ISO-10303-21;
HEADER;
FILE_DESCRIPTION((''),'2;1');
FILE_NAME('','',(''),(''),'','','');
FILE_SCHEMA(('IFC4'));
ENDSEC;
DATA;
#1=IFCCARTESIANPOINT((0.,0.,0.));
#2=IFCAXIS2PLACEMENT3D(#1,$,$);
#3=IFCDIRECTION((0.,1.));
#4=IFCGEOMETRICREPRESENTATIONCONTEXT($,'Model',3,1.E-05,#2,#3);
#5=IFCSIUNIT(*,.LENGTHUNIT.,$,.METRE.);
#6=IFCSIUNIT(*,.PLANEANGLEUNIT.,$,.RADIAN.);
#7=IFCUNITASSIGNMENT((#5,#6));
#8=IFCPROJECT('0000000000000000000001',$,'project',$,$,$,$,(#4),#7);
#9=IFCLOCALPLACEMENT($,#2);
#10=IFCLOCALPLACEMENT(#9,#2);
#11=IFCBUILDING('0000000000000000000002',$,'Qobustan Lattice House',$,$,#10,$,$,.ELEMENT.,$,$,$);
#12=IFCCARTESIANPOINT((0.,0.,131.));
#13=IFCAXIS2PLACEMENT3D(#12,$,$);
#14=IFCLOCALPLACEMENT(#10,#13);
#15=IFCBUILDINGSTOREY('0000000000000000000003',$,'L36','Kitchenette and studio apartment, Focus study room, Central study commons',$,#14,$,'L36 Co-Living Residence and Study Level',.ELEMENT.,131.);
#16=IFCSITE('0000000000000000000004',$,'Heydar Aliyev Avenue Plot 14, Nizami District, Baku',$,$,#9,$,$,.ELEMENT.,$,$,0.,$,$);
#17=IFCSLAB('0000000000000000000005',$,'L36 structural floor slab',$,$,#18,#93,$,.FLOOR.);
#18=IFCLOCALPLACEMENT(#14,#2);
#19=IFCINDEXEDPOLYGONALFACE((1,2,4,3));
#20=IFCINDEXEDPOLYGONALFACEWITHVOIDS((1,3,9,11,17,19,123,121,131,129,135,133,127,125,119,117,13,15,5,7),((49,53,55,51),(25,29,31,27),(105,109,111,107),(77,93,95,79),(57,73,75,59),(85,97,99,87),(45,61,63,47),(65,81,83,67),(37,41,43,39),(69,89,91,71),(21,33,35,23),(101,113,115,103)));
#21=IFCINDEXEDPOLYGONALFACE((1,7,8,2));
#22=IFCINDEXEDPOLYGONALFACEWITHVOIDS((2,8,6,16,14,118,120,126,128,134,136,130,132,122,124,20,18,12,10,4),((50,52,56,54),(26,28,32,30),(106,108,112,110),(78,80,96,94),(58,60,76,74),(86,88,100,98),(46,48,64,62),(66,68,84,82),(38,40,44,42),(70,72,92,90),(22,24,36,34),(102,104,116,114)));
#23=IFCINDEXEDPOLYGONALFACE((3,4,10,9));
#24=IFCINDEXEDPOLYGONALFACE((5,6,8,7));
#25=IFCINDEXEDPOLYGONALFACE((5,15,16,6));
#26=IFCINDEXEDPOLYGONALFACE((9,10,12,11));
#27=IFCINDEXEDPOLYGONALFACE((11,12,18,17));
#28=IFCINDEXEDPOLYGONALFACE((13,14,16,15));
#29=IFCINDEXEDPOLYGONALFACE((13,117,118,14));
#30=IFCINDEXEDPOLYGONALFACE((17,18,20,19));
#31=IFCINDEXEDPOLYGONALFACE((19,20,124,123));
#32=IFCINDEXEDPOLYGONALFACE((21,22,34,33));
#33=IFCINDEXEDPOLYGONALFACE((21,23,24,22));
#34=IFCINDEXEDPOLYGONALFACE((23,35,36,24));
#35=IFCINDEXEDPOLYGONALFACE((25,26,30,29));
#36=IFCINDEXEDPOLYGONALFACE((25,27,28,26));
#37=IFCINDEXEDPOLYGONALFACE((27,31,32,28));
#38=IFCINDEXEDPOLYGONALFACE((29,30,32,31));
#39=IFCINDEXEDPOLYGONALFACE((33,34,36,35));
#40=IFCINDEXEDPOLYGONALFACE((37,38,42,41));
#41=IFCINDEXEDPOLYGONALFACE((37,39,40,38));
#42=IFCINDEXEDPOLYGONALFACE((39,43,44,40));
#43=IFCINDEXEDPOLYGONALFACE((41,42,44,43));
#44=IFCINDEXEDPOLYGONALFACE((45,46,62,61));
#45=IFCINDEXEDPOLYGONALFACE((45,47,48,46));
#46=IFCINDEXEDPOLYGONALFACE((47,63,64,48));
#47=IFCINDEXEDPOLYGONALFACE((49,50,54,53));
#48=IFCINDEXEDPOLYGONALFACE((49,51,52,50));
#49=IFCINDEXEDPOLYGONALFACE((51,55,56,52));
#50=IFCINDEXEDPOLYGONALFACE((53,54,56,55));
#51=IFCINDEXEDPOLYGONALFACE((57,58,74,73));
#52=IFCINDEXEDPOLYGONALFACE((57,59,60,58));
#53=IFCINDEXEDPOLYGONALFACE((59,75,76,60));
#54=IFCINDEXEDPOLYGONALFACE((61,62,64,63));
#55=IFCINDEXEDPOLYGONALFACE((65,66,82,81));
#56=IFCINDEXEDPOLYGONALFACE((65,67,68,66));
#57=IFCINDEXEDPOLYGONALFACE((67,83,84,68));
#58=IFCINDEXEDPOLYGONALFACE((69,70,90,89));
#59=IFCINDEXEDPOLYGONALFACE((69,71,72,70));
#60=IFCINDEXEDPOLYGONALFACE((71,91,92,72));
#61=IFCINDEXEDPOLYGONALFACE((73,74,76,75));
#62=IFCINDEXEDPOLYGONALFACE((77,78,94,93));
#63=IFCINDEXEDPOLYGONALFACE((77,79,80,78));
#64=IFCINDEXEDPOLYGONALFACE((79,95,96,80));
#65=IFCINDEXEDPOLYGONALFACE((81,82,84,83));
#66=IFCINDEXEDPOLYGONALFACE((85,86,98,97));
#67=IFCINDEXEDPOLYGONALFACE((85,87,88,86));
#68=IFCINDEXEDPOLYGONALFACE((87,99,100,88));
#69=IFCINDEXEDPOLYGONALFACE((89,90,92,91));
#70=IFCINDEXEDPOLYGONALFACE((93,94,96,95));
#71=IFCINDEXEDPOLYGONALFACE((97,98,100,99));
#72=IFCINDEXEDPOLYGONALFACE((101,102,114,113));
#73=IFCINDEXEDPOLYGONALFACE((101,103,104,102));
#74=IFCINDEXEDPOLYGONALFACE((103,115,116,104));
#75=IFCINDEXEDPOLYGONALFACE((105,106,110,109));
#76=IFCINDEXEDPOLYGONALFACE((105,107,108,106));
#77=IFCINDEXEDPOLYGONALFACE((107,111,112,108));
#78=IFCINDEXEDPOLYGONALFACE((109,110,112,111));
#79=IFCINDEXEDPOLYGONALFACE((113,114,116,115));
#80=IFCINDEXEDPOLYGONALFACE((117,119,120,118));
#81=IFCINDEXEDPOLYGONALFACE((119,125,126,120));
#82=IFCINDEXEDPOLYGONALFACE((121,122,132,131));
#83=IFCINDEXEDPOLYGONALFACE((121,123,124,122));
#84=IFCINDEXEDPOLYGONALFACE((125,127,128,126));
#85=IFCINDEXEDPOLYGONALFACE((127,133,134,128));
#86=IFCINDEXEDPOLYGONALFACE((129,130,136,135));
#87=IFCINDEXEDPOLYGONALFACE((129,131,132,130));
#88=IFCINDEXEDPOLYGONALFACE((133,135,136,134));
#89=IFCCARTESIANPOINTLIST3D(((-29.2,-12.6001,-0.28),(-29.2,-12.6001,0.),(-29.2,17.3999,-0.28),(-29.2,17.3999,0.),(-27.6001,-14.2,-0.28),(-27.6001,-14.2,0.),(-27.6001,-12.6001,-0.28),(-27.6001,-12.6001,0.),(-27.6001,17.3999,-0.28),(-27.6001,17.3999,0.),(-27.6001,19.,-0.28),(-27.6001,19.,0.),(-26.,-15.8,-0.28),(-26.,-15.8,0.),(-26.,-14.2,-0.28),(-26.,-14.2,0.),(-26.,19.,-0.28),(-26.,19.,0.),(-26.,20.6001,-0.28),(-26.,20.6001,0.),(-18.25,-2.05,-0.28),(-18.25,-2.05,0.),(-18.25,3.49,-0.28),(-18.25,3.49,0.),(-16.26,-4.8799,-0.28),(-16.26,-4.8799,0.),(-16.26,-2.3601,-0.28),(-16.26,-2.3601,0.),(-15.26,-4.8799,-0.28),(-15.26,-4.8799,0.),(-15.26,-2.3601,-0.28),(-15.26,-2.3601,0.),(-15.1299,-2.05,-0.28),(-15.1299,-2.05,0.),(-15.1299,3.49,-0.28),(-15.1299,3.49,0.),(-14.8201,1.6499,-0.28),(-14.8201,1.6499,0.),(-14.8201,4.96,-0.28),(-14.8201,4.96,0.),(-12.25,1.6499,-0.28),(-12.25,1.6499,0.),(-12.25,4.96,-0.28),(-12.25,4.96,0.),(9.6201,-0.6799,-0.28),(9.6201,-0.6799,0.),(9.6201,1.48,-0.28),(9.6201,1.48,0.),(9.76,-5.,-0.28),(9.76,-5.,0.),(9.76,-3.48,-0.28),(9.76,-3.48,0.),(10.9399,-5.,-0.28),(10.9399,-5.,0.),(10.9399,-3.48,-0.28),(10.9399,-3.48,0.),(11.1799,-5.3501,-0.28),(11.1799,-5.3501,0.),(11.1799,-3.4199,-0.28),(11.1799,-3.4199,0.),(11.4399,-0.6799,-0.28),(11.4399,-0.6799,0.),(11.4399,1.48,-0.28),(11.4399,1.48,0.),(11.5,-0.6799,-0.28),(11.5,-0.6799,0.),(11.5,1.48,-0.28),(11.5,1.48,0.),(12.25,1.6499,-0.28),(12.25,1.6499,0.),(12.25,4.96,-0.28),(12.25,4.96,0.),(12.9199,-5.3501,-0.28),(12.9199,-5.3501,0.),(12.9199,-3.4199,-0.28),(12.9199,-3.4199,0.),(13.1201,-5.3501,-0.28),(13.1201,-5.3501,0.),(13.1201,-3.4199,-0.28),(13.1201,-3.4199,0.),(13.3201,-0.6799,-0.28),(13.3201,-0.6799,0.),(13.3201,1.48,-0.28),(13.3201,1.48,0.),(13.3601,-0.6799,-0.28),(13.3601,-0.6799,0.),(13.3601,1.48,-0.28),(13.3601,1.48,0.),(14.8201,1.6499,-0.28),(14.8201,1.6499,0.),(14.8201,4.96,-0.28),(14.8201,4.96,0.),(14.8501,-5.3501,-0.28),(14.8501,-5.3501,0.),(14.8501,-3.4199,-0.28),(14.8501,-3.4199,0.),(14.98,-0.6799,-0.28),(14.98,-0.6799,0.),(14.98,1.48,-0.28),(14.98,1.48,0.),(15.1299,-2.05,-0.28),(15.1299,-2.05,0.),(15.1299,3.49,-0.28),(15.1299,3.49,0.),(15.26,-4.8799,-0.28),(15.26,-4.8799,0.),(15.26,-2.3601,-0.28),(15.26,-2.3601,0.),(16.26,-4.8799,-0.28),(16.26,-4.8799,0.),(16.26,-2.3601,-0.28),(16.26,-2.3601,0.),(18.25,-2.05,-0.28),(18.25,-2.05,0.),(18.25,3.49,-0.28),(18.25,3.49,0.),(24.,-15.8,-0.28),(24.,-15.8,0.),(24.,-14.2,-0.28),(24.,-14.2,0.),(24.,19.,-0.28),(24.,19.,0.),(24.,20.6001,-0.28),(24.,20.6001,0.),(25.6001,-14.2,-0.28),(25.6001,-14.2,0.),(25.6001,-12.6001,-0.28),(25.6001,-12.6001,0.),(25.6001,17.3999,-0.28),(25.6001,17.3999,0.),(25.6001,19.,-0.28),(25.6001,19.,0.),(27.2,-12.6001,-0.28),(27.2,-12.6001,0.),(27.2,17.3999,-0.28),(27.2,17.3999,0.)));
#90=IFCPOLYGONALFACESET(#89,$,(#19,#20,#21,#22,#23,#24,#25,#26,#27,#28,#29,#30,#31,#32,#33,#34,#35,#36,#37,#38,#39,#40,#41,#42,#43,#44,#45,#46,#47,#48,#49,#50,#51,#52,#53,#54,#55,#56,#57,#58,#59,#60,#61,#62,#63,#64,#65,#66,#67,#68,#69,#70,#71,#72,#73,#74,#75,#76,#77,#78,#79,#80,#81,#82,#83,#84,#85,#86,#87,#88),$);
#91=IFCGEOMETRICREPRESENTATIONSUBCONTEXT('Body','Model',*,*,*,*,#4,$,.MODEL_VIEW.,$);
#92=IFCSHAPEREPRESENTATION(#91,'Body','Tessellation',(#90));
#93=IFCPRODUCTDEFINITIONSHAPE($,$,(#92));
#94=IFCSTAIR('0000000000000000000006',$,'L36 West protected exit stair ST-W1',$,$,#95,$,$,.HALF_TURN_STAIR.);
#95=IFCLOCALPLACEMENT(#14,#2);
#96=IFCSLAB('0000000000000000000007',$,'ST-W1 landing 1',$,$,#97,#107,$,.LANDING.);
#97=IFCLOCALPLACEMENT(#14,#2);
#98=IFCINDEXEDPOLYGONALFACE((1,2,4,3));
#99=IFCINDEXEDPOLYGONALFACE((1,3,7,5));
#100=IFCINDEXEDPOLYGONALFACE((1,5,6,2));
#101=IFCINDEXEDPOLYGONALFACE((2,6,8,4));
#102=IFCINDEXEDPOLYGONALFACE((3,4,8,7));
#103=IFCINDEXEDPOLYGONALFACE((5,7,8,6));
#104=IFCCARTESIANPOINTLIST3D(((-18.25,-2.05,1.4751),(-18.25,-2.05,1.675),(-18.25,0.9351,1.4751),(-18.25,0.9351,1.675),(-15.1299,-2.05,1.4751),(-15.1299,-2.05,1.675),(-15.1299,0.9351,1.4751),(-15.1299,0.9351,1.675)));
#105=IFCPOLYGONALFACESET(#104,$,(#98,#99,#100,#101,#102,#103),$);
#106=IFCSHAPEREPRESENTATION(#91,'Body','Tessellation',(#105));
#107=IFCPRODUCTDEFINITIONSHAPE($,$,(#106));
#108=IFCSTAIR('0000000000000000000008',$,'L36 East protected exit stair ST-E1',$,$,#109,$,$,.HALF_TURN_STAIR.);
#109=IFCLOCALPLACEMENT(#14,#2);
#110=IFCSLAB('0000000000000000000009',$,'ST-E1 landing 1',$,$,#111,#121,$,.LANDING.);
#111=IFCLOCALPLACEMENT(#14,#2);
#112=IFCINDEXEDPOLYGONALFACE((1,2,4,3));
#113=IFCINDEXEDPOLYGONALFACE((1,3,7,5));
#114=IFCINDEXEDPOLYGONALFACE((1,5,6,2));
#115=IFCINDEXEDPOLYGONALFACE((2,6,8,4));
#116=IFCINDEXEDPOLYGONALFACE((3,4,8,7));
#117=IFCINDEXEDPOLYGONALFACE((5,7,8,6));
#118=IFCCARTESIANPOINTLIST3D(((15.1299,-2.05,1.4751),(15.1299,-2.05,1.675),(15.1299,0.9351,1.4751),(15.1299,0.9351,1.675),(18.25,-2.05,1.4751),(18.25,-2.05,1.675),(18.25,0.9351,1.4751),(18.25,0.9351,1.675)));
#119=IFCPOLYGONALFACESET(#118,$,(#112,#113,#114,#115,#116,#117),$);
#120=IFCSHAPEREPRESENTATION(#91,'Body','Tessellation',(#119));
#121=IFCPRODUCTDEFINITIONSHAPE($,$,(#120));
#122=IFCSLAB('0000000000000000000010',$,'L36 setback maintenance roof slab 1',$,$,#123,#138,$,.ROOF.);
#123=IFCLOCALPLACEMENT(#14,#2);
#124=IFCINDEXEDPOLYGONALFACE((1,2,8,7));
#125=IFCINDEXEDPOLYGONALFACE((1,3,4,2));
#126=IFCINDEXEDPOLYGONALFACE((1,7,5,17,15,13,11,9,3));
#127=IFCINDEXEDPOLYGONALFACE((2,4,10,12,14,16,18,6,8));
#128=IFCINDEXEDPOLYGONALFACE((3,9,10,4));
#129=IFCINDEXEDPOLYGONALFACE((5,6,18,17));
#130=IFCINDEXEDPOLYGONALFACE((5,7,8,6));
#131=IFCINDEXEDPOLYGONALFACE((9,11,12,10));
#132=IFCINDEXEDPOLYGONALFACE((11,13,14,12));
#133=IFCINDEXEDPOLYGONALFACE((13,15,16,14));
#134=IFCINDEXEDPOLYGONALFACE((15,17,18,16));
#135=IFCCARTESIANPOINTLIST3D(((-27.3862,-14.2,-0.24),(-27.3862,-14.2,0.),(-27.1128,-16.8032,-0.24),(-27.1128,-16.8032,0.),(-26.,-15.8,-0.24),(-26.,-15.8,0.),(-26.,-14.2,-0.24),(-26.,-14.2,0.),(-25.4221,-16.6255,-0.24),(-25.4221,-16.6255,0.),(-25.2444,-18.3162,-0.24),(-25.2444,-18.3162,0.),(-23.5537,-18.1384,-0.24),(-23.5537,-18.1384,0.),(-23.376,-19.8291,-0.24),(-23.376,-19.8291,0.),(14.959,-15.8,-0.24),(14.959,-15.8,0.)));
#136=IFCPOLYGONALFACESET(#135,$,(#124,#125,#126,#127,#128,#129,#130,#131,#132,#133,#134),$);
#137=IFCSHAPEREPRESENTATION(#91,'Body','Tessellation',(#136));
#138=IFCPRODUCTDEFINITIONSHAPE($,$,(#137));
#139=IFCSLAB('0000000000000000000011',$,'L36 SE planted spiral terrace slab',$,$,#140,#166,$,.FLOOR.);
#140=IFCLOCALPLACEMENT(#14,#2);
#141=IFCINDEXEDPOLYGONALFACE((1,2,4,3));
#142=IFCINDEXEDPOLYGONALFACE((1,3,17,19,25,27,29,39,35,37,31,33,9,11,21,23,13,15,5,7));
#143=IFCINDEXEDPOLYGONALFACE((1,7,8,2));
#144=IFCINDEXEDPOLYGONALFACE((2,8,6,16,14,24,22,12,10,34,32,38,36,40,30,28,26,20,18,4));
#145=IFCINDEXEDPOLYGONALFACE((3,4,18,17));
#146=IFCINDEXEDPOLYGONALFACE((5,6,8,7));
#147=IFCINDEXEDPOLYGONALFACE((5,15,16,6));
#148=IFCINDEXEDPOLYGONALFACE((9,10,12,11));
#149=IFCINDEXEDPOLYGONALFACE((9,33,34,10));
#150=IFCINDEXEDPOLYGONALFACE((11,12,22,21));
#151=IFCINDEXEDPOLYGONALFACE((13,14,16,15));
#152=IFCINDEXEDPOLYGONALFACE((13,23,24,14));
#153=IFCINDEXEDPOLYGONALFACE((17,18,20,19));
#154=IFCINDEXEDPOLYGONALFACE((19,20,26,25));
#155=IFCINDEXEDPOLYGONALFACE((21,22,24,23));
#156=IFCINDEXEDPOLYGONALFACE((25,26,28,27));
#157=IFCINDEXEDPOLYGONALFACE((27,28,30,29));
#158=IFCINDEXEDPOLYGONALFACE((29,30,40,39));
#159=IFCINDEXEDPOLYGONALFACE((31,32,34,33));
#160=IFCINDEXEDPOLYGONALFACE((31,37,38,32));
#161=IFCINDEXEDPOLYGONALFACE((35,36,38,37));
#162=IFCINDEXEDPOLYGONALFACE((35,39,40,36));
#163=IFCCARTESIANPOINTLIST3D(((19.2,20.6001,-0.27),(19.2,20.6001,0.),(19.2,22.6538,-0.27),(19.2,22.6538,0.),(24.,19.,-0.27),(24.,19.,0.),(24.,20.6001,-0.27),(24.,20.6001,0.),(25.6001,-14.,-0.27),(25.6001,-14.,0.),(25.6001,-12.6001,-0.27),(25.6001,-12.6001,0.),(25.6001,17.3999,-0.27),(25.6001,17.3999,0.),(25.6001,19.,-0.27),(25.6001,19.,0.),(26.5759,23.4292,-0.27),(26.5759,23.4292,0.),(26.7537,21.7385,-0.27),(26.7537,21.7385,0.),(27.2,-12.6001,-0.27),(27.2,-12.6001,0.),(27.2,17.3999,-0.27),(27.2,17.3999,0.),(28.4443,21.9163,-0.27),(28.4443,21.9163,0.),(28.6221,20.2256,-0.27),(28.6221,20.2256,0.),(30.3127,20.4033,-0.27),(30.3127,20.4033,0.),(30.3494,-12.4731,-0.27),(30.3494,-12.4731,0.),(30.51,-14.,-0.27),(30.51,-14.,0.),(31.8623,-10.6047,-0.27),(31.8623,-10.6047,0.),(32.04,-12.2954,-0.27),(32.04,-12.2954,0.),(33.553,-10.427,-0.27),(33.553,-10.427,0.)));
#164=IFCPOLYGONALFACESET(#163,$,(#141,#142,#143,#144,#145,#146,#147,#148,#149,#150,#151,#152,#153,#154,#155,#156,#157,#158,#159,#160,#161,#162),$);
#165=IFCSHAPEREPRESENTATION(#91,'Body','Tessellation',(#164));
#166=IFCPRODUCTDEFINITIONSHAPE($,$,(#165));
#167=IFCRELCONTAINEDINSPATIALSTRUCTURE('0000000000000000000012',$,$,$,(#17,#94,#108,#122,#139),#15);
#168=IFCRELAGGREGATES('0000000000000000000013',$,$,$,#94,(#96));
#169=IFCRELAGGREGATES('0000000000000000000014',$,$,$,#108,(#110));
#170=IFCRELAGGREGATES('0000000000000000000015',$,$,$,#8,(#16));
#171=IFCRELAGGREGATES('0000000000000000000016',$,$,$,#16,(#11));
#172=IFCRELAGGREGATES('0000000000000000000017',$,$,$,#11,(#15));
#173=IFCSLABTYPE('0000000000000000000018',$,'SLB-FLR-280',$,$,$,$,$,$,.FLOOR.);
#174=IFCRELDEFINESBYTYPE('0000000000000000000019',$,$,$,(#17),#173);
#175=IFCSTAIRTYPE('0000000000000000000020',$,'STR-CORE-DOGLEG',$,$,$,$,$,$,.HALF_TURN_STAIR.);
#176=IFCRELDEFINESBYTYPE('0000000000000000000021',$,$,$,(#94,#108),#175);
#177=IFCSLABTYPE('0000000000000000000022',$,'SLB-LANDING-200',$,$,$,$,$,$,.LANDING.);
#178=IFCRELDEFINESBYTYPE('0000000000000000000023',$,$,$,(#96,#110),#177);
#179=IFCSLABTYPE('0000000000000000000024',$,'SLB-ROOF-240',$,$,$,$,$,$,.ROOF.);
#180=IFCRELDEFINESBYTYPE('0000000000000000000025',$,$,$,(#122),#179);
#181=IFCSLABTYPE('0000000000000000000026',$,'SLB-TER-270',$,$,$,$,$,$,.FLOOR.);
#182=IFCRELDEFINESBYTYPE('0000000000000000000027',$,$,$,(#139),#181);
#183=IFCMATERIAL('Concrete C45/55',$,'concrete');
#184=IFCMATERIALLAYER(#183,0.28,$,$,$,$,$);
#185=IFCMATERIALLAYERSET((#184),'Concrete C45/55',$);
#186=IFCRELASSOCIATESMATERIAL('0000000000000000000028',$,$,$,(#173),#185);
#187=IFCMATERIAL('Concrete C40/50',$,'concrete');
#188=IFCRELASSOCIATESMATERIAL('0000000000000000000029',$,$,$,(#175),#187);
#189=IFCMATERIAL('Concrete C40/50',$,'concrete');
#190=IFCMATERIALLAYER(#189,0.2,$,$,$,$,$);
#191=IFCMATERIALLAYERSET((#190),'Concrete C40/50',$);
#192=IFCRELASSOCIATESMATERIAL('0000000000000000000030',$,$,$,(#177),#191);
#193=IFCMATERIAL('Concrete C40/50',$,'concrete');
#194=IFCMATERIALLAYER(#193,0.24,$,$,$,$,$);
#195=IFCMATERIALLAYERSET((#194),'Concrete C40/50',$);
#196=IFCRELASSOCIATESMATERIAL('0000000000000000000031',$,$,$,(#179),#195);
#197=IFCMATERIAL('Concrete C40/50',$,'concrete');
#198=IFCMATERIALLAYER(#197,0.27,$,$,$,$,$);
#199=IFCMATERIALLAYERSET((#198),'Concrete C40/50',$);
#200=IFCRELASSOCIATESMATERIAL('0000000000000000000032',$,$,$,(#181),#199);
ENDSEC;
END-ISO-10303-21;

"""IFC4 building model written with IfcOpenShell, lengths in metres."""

from ifc_helpers import new_model, si_unit, direction, frame, origin, place, context, subcontext, project, spatial, polyline, outline, extrude, material, layer, layer_set, type_object, element, aggregate, save


model = new_model("IFC4")

# Units and contexts
model_context = context("Model", 3, precision=1e-05, world=origin(), true_north=direction((0.0, 1.0)))
body_context = subcontext(model_context, "Body", "Model", "MODEL_VIEW")
ifc_project = project(units=[si_unit("LENGTHUNIT", "METRE"), si_unit("PLANEANGLEUNIT", "RADIAN")], contexts=[model_context])

# Site, building, storey
site_placement = place(None, origin())
site = spatial("IfcSite", under=ifc_project, at=site_placement, Name="Heydar Aliyev Avenue Plot 14, Nizami District, Baku", CompositionType="ELEMENT", RefElevation=0.0)
building_placement = place(site_placement, origin())
building = spatial("IfcBuilding", under=site, at=building_placement, Name="Qobustan Lattice House", CompositionType="ELEMENT")
storey_placement = place(building_placement, frame((0.0, 0.0, 131.0)))
storey = spatial("IfcBuildingStorey", under=building, at=storey_placement, Name="L36", Description="Kitchenette and studio apartment, Focus study room, Central study commons", LongName="L36 Co-Living Residence and Study Level", CompositionType="ELEMENT", Elevation=131.0)

# Slab
ifc_material_1 = material(Name="Concrete C45/55", Category="concrete")
ifc_layer_1 = layer(ifc_material_1, 0.28)
ifc_layer_set_1 = layer_set([ifc_layer_1], Name="Concrete C45/55")
slab_type_1 = type_object("IfcSlabType", Name="SLB-FLR-280", PredefinedType="FLOOR", material=ifc_layer_set_1)
slab_1_placement = place(storey_placement, frame((0.0, 0.0, -0.28)))
element("IfcSlab", 1, at=slab_1_placement, inside=storey, type_object=slab_type_1, Name="L36 structural floor slab", PredefinedType="FLOOR", context=body_context, shape_type="SweptSolid", body=[
    extrude(outline(polyline([(-26.0, -15.8), (24.0, -15.8), (24.0, -14.2), (25.6001, -14.2), (25.6001, -12.6001), (27.2, -12.6001), (27.2, 17.3999), (25.6001, 17.3999), (25.6001, 19.0), (24.0, 19.0), (24.0, 20.6001), (-26.0, 20.6001), (-26.0, 19.0), (-27.6001, 19.0), (-27.6001, 17.3999), (-29.2, 17.3999), (-29.2, -12.6001), (-27.6001, -12.6001), (-27.6001, -14.2), (-26.0, -14.2), (-26.0, -15.8)]), holes=[polyline([(-18.25, -2.05), (-18.25, 3.49), (-15.1299, 3.49), (-15.1299, -2.05), (-18.25, -2.05)]), polyline([(15.1299, -2.05), (15.1299, 3.49), (18.25, 3.49), (18.25, -2.05), (15.1299, -2.05)]), polyline([(-14.8201, 1.6499), (-14.8201, 4.96), (-12.25, 4.96), (-12.25, 1.6499), (-14.8201, 1.6499)]), polyline([(12.25, 1.6499), (12.25, 4.96), (14.8201, 4.96), (14.8201, 1.6499), (12.25, 1.6499)]), polyline([(-16.26, -4.8799), (-16.26, -2.3601), (-15.26, -2.3601), (-15.26, -4.8799), (-16.26, -4.8799)]), polyline([(15.26, -4.8799), (15.26, -2.3601), (16.26, -2.3601), (16.26, -4.8799), (15.26, -4.8799)]), polyline([(11.1799, -5.3501), (11.1799, -3.4199), (12.9199, -3.4199), (12.9199, -5.3501), (11.1799, -5.3501)]), polyline([(13.1201, -5.3501), (13.1201, -3.4199), (14.8501, -3.4199), (14.8501, -5.3501), (13.1201, -5.3501)]), polyline([(9.76, -5.0), (9.76, -3.48), (10.9399, -3.48), (10.9399, -5.0), (9.76, -5.0)]), polyline([(13.3601, -0.6799), (13.3601, 1.48), (14.98, 1.48), (14.98, -0.6799), (13.3601, -0.6799)]), polyline([(9.6201, -0.6799), (9.6201, 1.48), (11.4399, 1.48), (11.4399, -0.6799), (9.6201, -0.6799)]), polyline([(11.5, -0.6799), (11.5, 1.48), (13.3201, 1.48), (13.3201, -0.6799), (11.5, -0.6799)])]), origin(), (0.0, 0.0, 1.0), 0.28),
])

# Stairs, slabs
ifc_material_2 = material(Name="Concrete C40/50", Category="concrete")
stair_type = type_object("IfcStairType", Name="STR-CORE-DOGLEG", PredefinedType="HALF_TURN_STAIR", material=ifc_material_2)
stair_1_placement = place(storey_placement, origin())
stair_1 = element("IfcStair", 2, at=stair_1_placement, inside=storey, type_object=stair_type, Name="L36 West protected exit stair ST-W1", PredefinedType="HALF_TURN_STAIR")
ifc_material_3 = material(Name="Concrete C40/50", Category="concrete")
ifc_layer_2 = layer(ifc_material_3, 0.2)
ifc_layer_set_2 = layer_set([ifc_layer_2], Name="Concrete C40/50")
slab_type_2 = type_object("IfcSlabType", Name="SLB-LANDING-200", PredefinedType="LANDING", material=ifc_layer_set_2)
slab_2_placement = place(storey_placement, frame((0.0, 0.0, 1.4751)))
slab_2 = element("IfcSlab", 3, at=slab_2_placement, type_object=slab_type_2, Name="ST-W1 landing 1", PredefinedType="LANDING", context=body_context, shape_type="SweptSolid", body=[
    extrude(outline(polyline([(-18.25, 0.9351), (-18.25, -2.05), (-15.1299, -2.05), (-15.1299, 0.9351), (-18.25, 0.9351)])), origin(), (0.0, 0.0, 1.0), 0.2),
])
aggregate(stair_1, [slab_2])
stair_2_placement = place(storey_placement, origin())
stair_2 = element("IfcStair", 4, at=stair_2_placement, inside=storey, type_object=stair_type, Name="L36 East protected exit stair ST-E1", PredefinedType="HALF_TURN_STAIR")
slab_3_placement = place(storey_placement, frame((0.0, 0.0, 1.4751)))
slab_3 = element("IfcSlab", 5, at=slab_3_placement, type_object=slab_type_2, Name="ST-E1 landing 1", PredefinedType="LANDING", context=body_context, shape_type="SweptSolid", body=[
    extrude(outline(polyline([(15.1299, 0.9351), (15.1299, -2.05), (18.25, -2.05), (18.25, 0.9351), (15.1299, 0.9351)])), origin(), (0.0, 0.0, 1.0), 0.2),
])
aggregate(stair_2, [slab_3])

# Slabs
ifc_material_4 = material(Name="Concrete C40/50", Category="concrete")
ifc_layer_3 = layer(ifc_material_4, 0.24)
ifc_layer_set_3 = layer_set([ifc_layer_3], Name="Concrete C40/50")
slab_type_3 = type_object("IfcSlabType", Name="SLB-ROOF-240", PredefinedType="ROOF", material=ifc_layer_set_3)
slab_4_placement = place(storey_placement, frame((0.0, 0.0, -0.24)))
element("IfcSlab", 6, at=slab_4_placement, inside=storey, type_object=slab_type_3, Name="L36 setback maintenance roof slab 1", PredefinedType="ROOF", context=body_context, shape_type="SweptSolid", body=[
    extrude(outline(polyline([(-23.376, -19.8291), (14.959, -15.8), (-26.0, -15.8), (-26.0, -14.2), (-27.3862, -14.2), (-27.1128, -16.8032), (-25.4221, -16.6255), (-25.2444, -18.3162), (-23.5537, -18.1384), (-23.376, -19.8291)])), origin(), (0.0, 0.0, 1.0), 0.24),
])
ifc_material_5 = material(Name="Concrete C40/50", Category="concrete")
ifc_layer_4 = layer(ifc_material_5, 0.27)
ifc_layer_set_4 = layer_set([ifc_layer_4], Name="Concrete C40/50")
slab_type_4 = type_object("IfcSlabType", Name="SLB-TER-270", PredefinedType="FLOOR", material=ifc_layer_set_4)
slab_5_placement = place(storey_placement, frame((0.0, 0.0, -0.27)))
element("IfcSlab", 7, at=slab_5_placement, inside=storey, type_object=slab_type_4, Name="L36 SE planted spiral terrace slab", PredefinedType="FLOOR", context=body_context, shape_type="SweptSolid", body=[
    extrude(outline(polyline([(26.5759, 23.4292), (19.2, 22.6538), (19.2, 20.6001), (24.0, 20.6001), (24.0, 19.0), (25.6001, 19.0), (25.6001, 17.3999), (27.2, 17.3999), (27.2, -12.6001), (25.6001, -12.6001), (25.6001, -14.0), (30.51, -14.0), (30.3494, -12.4731), (32.04, -12.2954), (31.8623, -10.6047), (33.553, -10.427), (30.3127, 20.4033), (28.6221, 20.2256), (28.4443, 21.9163), (26.7537, 21.7385), (26.5759, 23.4292)])), origin(), (0.0, 0.0, 1.0), 0.27),
])

save(model, "model.ifc")
